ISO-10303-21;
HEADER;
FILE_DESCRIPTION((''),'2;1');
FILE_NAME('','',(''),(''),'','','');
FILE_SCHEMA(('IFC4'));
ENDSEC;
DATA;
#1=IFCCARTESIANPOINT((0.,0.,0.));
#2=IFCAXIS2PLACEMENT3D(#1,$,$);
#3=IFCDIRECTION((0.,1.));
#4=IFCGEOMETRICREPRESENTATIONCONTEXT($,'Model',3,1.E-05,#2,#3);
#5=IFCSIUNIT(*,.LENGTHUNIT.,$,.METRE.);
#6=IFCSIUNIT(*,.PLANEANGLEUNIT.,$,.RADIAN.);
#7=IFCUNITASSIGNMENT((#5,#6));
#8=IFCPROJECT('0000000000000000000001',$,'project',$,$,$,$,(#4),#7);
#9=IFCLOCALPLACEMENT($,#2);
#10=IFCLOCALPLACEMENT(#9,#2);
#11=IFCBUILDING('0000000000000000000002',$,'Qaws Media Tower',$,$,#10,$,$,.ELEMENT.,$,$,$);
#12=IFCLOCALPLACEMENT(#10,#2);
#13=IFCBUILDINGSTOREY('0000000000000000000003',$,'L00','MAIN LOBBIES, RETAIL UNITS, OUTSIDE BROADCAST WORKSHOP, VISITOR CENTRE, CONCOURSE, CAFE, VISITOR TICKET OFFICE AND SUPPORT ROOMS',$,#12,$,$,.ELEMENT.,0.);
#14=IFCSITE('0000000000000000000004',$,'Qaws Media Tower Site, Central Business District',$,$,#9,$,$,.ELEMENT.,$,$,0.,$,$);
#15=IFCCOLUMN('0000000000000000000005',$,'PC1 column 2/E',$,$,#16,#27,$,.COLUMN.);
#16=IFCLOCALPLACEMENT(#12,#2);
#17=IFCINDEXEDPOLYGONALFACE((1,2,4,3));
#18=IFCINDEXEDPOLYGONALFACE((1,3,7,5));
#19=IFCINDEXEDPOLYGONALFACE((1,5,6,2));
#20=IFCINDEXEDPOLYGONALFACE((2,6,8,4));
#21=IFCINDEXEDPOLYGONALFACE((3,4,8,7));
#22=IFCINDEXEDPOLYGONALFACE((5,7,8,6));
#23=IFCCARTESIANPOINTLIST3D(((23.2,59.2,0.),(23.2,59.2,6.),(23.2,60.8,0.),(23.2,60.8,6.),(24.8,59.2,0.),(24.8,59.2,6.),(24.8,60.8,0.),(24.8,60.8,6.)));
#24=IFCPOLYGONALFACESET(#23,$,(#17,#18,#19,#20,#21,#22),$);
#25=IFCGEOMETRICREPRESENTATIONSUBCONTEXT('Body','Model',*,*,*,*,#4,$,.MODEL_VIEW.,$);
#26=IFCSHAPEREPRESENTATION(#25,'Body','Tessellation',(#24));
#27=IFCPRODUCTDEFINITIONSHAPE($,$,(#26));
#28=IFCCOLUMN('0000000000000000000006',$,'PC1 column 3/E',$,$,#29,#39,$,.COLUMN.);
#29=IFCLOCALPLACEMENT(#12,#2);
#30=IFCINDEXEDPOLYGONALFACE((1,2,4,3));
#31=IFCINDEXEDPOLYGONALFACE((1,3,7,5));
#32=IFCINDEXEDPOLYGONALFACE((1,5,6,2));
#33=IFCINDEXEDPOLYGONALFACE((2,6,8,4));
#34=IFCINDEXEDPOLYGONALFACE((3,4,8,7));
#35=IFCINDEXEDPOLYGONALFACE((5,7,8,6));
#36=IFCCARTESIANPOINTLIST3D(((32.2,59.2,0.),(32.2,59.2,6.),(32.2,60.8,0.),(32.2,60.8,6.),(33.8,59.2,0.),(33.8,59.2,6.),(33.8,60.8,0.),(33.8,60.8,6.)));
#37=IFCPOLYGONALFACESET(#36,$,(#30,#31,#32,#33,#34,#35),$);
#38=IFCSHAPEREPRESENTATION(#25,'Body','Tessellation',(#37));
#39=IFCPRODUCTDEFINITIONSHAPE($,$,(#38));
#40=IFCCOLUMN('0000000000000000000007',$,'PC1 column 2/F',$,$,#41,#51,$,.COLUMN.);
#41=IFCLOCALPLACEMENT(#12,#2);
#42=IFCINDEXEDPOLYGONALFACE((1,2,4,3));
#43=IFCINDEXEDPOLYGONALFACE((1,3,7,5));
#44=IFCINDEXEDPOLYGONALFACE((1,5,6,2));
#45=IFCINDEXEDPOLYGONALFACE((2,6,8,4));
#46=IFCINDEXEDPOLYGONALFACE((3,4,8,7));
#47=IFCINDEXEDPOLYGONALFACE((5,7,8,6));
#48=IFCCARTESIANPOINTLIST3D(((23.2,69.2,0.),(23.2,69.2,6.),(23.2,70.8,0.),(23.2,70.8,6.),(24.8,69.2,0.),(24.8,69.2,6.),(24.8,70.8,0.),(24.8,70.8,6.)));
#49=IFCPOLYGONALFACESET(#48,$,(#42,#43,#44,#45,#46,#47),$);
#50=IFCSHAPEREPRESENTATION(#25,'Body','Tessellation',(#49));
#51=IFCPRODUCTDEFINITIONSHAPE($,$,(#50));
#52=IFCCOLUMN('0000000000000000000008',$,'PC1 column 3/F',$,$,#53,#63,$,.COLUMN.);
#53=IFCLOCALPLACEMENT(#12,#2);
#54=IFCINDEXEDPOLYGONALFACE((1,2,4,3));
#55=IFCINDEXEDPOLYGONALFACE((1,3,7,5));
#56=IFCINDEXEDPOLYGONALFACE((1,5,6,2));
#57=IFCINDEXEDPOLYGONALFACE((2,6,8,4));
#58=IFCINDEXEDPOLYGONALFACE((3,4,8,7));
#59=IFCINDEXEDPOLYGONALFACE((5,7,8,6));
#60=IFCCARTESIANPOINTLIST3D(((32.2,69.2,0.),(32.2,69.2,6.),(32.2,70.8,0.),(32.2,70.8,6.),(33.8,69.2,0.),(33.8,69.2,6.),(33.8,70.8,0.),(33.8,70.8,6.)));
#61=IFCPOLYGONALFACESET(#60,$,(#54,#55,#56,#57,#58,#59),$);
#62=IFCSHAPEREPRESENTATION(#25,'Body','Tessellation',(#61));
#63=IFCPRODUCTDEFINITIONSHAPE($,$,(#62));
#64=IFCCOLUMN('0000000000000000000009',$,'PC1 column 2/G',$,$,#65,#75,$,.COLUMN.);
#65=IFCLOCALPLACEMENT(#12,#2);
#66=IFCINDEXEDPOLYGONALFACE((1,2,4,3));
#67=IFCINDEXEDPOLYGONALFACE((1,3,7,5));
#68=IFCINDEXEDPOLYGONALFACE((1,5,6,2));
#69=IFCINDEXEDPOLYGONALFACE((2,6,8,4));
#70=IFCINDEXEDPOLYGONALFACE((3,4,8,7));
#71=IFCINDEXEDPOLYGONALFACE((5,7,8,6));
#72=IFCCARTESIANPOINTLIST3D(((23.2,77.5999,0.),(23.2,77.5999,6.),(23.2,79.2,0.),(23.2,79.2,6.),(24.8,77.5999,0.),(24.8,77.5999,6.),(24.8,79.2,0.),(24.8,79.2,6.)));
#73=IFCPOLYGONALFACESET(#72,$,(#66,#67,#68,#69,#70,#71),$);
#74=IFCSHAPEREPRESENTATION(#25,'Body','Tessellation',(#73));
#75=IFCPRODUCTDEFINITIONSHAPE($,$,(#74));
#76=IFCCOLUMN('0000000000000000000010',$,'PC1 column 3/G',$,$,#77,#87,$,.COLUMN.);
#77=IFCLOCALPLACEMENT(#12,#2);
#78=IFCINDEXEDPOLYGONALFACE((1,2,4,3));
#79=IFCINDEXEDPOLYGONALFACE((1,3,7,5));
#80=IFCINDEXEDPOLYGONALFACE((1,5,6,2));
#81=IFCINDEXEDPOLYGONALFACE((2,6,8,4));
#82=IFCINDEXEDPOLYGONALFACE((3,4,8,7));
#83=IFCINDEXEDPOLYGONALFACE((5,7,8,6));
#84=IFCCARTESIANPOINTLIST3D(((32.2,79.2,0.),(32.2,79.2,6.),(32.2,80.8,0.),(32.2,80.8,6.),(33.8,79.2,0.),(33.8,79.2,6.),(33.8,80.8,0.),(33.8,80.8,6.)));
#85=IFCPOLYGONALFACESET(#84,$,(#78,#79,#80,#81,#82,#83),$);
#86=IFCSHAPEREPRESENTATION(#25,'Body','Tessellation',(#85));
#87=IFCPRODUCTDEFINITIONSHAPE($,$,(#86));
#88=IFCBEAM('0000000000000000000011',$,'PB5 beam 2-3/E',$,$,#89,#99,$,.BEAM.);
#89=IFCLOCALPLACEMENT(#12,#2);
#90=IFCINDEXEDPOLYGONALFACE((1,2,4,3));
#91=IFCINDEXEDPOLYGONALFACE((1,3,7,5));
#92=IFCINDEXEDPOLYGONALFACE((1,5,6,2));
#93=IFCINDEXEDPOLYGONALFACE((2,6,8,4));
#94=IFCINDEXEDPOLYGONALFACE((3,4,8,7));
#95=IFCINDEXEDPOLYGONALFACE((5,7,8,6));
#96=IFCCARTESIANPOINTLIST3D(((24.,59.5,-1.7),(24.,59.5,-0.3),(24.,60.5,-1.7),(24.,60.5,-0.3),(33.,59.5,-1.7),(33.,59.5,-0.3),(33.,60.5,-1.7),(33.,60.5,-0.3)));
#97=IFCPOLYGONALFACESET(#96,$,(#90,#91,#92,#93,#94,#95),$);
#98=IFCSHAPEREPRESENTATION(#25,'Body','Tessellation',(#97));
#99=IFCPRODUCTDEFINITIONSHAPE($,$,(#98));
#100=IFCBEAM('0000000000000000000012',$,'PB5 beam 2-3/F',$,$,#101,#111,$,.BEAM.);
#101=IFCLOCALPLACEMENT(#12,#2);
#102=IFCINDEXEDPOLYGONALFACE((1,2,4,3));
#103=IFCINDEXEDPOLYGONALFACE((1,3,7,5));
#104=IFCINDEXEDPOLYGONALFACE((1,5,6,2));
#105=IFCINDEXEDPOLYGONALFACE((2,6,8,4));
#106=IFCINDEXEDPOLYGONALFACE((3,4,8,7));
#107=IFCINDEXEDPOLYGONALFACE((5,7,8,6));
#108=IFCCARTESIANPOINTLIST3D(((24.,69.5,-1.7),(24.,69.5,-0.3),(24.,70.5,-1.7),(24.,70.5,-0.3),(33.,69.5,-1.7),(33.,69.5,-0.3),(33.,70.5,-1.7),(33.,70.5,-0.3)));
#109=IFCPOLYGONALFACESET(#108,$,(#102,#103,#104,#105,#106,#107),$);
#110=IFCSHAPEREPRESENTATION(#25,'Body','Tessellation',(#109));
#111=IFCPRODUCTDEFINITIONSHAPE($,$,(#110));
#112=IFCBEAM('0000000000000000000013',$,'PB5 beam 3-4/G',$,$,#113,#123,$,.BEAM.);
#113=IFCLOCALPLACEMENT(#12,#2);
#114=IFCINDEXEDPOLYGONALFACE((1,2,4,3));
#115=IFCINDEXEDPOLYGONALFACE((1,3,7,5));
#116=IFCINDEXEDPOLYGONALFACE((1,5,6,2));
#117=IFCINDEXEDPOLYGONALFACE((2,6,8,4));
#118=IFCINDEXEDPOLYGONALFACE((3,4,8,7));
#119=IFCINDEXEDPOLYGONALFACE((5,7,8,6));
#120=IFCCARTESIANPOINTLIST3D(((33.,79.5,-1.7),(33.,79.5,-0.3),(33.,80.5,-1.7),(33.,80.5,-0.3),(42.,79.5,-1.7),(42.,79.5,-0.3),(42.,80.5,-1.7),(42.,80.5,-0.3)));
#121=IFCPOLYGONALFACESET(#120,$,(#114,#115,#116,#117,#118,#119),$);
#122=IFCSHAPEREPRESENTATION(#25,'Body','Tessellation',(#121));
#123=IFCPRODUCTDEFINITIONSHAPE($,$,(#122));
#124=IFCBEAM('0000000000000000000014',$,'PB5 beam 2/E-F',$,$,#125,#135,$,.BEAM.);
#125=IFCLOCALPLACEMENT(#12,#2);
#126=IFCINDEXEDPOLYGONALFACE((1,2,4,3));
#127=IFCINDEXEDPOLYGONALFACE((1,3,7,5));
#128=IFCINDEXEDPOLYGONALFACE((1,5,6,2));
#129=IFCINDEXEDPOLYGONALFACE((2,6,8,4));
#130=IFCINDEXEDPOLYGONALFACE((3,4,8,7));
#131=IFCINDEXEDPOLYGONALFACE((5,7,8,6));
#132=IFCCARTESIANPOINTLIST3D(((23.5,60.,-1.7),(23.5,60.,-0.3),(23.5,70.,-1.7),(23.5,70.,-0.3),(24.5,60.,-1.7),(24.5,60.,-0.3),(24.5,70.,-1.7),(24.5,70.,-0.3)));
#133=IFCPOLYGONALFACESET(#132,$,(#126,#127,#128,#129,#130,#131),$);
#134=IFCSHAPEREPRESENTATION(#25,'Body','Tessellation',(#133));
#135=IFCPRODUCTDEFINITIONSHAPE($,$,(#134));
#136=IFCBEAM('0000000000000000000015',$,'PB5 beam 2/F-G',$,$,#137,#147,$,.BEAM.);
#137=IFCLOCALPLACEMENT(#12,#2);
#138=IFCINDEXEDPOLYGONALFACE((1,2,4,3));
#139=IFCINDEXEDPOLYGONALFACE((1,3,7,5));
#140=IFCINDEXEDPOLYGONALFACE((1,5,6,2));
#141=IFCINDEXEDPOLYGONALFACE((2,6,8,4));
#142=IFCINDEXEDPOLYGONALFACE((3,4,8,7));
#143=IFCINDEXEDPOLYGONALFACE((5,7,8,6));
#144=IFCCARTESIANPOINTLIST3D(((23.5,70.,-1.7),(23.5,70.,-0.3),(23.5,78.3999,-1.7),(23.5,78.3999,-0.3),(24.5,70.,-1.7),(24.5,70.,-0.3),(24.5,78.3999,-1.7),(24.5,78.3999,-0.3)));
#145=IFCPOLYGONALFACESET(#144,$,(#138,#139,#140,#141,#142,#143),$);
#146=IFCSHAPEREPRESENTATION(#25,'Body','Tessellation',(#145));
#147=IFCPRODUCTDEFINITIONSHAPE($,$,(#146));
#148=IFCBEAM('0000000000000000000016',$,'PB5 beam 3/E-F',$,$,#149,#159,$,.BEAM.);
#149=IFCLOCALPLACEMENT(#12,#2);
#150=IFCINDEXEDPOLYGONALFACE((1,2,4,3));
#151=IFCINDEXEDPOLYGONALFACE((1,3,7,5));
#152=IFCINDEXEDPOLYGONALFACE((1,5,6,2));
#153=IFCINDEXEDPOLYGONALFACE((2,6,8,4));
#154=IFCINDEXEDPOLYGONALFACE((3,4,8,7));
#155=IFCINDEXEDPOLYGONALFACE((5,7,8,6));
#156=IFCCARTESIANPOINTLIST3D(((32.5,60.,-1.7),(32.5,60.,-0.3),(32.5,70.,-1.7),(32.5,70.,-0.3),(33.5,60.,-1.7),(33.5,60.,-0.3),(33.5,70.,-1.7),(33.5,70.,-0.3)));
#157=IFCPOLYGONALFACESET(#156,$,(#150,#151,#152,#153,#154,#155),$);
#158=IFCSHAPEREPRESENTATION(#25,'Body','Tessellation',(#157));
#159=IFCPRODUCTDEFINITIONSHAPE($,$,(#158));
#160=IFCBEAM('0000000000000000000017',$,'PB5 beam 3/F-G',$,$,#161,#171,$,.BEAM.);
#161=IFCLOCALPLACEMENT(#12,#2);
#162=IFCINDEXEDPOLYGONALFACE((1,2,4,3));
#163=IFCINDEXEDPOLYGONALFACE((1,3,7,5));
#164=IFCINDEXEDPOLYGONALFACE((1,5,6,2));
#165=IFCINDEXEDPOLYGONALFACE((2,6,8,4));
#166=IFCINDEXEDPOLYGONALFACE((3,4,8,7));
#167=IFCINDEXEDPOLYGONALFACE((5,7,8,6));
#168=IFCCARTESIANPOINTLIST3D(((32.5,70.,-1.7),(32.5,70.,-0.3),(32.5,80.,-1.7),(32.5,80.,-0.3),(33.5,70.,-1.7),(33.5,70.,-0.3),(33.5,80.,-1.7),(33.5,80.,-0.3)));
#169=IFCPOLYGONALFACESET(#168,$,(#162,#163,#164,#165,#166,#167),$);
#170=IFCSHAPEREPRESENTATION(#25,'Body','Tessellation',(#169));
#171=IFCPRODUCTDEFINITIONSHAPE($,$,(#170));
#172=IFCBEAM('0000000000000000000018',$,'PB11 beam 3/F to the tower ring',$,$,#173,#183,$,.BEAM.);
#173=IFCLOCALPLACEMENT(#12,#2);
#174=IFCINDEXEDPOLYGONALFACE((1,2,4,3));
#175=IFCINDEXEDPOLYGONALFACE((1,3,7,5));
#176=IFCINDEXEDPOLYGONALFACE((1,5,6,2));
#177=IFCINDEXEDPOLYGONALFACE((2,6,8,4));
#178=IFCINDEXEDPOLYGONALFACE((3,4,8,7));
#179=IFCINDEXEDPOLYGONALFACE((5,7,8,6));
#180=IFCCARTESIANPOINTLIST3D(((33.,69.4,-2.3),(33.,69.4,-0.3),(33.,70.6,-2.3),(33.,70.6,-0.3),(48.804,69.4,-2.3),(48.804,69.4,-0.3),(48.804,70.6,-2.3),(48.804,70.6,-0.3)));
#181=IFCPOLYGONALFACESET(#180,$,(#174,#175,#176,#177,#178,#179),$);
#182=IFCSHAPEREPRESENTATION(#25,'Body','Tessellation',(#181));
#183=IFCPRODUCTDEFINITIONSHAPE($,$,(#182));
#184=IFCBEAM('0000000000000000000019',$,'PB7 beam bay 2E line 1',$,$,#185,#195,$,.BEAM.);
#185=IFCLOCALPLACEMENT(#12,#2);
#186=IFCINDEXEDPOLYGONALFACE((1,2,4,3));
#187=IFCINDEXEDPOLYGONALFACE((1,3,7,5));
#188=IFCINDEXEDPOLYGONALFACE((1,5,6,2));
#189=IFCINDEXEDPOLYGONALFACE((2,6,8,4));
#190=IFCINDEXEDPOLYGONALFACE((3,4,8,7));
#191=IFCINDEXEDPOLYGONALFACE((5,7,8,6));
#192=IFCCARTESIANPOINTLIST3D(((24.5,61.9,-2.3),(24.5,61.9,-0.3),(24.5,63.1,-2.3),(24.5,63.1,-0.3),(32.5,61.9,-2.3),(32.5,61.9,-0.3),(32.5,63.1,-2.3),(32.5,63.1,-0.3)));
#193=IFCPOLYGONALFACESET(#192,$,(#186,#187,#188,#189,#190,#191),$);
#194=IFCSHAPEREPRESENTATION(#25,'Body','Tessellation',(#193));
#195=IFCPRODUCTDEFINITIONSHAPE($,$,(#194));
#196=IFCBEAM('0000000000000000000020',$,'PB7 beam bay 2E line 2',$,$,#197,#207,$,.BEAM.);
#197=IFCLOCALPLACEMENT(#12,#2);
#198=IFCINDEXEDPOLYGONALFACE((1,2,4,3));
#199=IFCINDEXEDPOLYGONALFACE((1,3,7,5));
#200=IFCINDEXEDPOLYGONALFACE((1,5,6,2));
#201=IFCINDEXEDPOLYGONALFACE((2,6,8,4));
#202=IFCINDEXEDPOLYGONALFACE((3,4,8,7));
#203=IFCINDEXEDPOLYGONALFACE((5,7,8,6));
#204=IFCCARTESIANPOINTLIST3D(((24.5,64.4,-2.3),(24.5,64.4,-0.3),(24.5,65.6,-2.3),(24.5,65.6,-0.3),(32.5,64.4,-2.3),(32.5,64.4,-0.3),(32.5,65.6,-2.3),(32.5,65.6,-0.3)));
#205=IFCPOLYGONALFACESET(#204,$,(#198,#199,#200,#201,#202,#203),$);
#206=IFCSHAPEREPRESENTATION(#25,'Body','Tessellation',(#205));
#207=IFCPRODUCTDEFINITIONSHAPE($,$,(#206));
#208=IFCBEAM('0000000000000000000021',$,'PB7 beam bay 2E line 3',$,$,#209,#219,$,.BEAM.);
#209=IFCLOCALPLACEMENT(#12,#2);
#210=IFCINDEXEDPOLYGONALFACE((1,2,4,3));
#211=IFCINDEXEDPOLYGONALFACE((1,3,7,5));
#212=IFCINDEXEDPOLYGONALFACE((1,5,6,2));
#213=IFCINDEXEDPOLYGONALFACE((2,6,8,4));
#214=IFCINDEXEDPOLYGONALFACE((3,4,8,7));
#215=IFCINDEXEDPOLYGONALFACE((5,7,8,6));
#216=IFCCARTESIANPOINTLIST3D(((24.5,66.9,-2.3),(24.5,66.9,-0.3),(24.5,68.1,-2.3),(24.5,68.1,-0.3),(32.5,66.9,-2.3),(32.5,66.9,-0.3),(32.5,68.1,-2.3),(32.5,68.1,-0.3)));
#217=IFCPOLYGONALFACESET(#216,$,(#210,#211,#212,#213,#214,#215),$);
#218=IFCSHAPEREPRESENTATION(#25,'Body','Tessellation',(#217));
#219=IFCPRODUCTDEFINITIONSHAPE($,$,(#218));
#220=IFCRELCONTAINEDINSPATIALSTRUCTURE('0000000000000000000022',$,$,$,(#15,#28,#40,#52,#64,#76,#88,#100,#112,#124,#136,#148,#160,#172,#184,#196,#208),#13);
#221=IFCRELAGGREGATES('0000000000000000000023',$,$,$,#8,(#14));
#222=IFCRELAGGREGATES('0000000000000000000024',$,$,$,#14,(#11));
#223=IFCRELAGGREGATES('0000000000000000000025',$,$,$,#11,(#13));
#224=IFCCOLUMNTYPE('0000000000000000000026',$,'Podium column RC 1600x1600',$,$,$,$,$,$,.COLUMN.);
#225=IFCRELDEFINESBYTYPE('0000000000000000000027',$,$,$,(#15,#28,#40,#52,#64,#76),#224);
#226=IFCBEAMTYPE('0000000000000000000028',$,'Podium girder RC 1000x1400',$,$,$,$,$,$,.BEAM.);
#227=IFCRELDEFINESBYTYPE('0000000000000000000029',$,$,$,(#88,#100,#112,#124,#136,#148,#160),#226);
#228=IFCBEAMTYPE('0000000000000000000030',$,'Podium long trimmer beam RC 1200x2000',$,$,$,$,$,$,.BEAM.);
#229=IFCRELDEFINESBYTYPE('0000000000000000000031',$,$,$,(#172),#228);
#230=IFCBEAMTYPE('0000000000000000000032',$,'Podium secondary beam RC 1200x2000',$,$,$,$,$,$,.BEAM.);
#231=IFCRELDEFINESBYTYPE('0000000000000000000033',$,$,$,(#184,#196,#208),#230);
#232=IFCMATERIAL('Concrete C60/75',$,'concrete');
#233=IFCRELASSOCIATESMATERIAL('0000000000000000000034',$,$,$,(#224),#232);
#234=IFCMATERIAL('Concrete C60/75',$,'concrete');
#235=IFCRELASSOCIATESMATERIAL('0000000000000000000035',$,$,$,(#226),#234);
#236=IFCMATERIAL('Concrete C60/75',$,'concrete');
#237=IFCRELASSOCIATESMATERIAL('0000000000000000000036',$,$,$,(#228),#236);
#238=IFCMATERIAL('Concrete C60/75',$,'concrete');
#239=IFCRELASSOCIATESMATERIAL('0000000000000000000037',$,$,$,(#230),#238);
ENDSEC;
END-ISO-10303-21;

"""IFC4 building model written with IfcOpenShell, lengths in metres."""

from ifc_helpers import new_model, si_unit, direction, frame, origin, origin_2d, place, context, subcontext, project, spatial, rectangle, extrude, material, material_profile, profile_set, type_object, element, save


model = new_model("IFC4")

# Units and contexts
model_context = context("Model", 3, precision=1e-05, world=origin(), true_north=direction((0.0, 1.0)))
body_context = subcontext(model_context, "Body", "Model", "MODEL_VIEW")
ifc_project = project(units=[si_unit("LENGTHUNIT", "METRE"), si_unit("PLANEANGLEUNIT", "RADIAN")], contexts=[model_context])

# Site, building, storey
site_placement = place(None, origin())
site = spatial("IfcSite", under=ifc_project, at=site_placement, Name="Qaws Media Tower Site, Central Business District", CompositionType="ELEMENT", RefElevation=0.0)
building_placement = place(site_placement, origin())
building = spatial("IfcBuilding", under=site, at=building_placement, Name="Qaws Media Tower", CompositionType="ELEMENT")
storey_placement = place(building_placement, origin())
storey = spatial("IfcBuildingStorey", under=building, at=storey_placement, Name="L00", Description="MAIN LOBBIES, RETAIL UNITS, OUTSIDE BROADCAST WORKSHOP, VISITOR CENTRE, CONCOURSE, CAFE, VISITOR TICKET OFFICE AND SUPPORT ROOMS", CompositionType="ELEMENT", Elevation=0.0)

# Columns
ifc_material_1 = material(Name="Concrete C60/75", Category="concrete")
ifc_material_profile_1 = material_profile(ifc_material_1, rectangle(XDim=1.6001, YDim=1.6001, at=origin_2d()), Name="RC 1600x1600")
ifc_profile_set_1 = profile_set([ifc_material_profile_1], Name="Concrete C60/75")
column_type = type_object("IfcColumnType", Name="Podium column RC 1600x1600", PredefinedType="COLUMN", material=ifc_profile_set_1)
for number, where, z_axis, x_axis, name in (
    (1, (24.0, 60.0, 0.0), (0.0, 0.0, 1.0), (1.0, 0.0, 0.0), "PC1 column 2/E"),
    (2, (33.0, 60.0, 0.0), (0.0, 0.0, 1.0), (1.0, 0.0, 0.0), "PC1 column 3/E"),
    (3, (24.0, 70.0, 0.0), (0.0, 0.0, 1.0), (1.0, 0.0, 0.0), "PC1 column 2/F"),
    (4, (33.0, 70.0, 0.0), (0.0, 0.0, 1.0), (1.0, 0.0, 0.0), "PC1 column 3/F"),
    (5, (24.0, 78.3999, 0.0), (0.0, 0.0, 1.0), (1.0, 0.0, 0.0), "PC1 column 2/G"),
    (6, (33.0, 80.0, 0.0), (0.0, 0.0, 1.0), (1.0, 0.0, 0.0), "PC1 column 3/G"),
):
    element("IfcColumn", number, at=place(storey_placement, frame(where, z_axis=z_axis, x_axis=x_axis)), inside=storey, type_object=column_type, Name=name, PredefinedType="COLUMN", context=body_context, shape_type="SweptSolid", body=[
        extrude(rectangle(XDim=1.6001, YDim=1.6001, at=origin_2d()), origin(), (0.0, 0.0, 1.0), 6.0),
    ])

# Beams
ifc_material_2 = material(Name="Concrete C60/75", Category="concrete")
ifc_material_profile_2 = material_profile(ifc_material_2, rectangle(XDim=1.0, YDim=1.3999, at=origin_2d()), Name="RC 1000x1400")
ifc_profile_set_2 = profile_set([ifc_material_profile_2], Name="Concrete C60/75")
beam_type_1 = type_object("IfcBeamType", Name="Podium girder RC 1000x1400", PredefinedType="BEAM", material=ifc_profile_set_2)
for number, where, z_axis, x_axis, name in (
    (7, (24.0, 60.0, -1.0), (1.0, 0.0, 0.0), (0.0, 1.0, 0.0), "PB5 beam 2-3/E"),
    (8, (24.0, 70.0, -1.0), (1.0, 0.0, 0.0), (0.0, 1.0, 0.0), "PB5 beam 2-3/F"),
    (9, (33.0, 80.0, -1.0), (1.0, 0.0, 0.0), (0.0, 1.0, 0.0), "PB5 beam 3-4/G"),
):
    element("IfcBeam", number, at=place(storey_placement, frame(where, z_axis=z_axis, x_axis=x_axis)), inside=storey, type_object=beam_type_1, Name=name, PredefinedType="BEAM", context=body_context, shape_type="SweptSolid", body=[
        extrude(rectangle(XDim=1.0, YDim=1.3999, at=origin_2d()), origin(), (0.0, 0.0, 1.0), 9.0),
    ])
beam_1_placement = place(storey_placement, frame((24.0, 60.0, -1.0), z_axis=(0.0, 1.0, 0.0), x_axis=(-1.0, 0.0, 0.0)))
element("IfcBeam", 10, at=beam_1_placement, inside=storey, type_object=beam_type_1, Name="PB5 beam 2/E-F", PredefinedType="BEAM", context=body_context, shape_type="SweptSolid", body=[
    extrude(rectangle(XDim=1.0, YDim=1.3999, at=origin_2d()), origin(), (0.0, 0.0, 1.0), 10.0),
])
beam_2_placement = place(storey_placement, frame((24.0, 70.0, -1.0), z_axis=(0.0, 1.0, 0.0), x_axis=(-1.0, 0.0, 0.0)))
element("IfcBeam", 11, at=beam_2_placement, inside=storey, type_object=beam_type_1, Name="PB5 beam 2/F-G", PredefinedType="BEAM", context=body_context, shape_type="SweptSolid", body=[
    extrude(rectangle(XDim=1.0, YDim=1.3999, at=origin_2d()), origin(), (0.0, 0.0, 1.0), 8.3999),
])
for number, where, z_axis, x_axis, name in (
    (12, (33.0, 60.0, -1.0), (0.0, 1.0, 0.0), (-1.0, 0.0, 0.0), "PB5 beam 3/E-F"),
    (13, (33.0, 70.0, -1.0), (0.0, 1.0, 0.0), (-1.0, 0.0, 0.0), "PB5 beam 3/F-G"),
):
    element("IfcBeam", number, at=place(storey_placement, frame(where, z_axis=z_axis, x_axis=x_axis)), inside=storey, type_object=beam_type_1, Name=name, PredefinedType="BEAM", context=body_context, shape_type="SweptSolid", body=[
        extrude(rectangle(XDim=1.0, YDim=1.3999, at=origin_2d()), origin(), (0.0, 0.0, 1.0), 10.0),
    ])
ifc_material_3 = material(Name="Concrete C60/75", Category="concrete")
ifc_material_profile_3 = material_profile(ifc_material_3, rectangle(XDim=1.2, YDim=2.0, at=origin_2d()), Name="RC 1200x2000")
ifc_profile_set_3 = profile_set([ifc_material_profile_3], Name="Concrete C60/75")
beam_type_2 = type_object("IfcBeamType", Name="Podium long trimmer beam RC 1200x2000", PredefinedType="BEAM", material=ifc_profile_set_3)
beam_3_placement = place(storey_placement, frame((33.0, 70.0, -1.3), z_axis=(1.0, 0.0, 0.0), x_axis=(0.0, 1.0, 0.0)))
element("IfcBeam", 14, at=beam_3_placement, inside=storey, type_object=beam_type_2, Name="PB11 beam 3/F to the tower ring", PredefinedType="BEAM", context=body_context, shape_type="SweptSolid", body=[
    extrude(rectangle(XDim=1.2, YDim=2.0, at=origin_2d()), origin(), (0.0, 0.0, 1.0), 15.804),
])
ifc_material_4 = material(Name="Concrete C60/75", Category="concrete")
ifc_material_profile_4 = material_profile(ifc_material_4, rectangle(XDim=1.2, YDim=2.0, at=origin_2d()), Name="RC 1200x2000")
ifc_profile_set_4 = profile_set([ifc_material_profile_4], Name="Concrete C60/75")
beam_type_3 = type_object("IfcBeamType", Name="Podium secondary beam RC 1200x2000", PredefinedType="BEAM", material=ifc_profile_set_4)
for number, where, z_axis, x_axis, name in (
    (15, (24.5, 62.5, -1.3), (1.0, 0.0, 0.0), (0.0, 1.0, 0.0), "PB7 beam bay 2E line 1"),
    (16, (24.5, 65.0, -1.3), (1.0, 0.0, 0.0), (0.0, 1.0, 0.0), "PB7 beam bay 2E line 2"),
    (17, (24.5, 67.5, -1.3), (1.0, 0.0, 0.0), (0.0, 1.0, 0.0), "PB7 beam bay 2E line 3"),
):
    element("IfcBeam", number, at=place(storey_placement, frame(where, z_axis=z_axis, x_axis=x_axis)), inside=storey, type_object=beam_type_3, Name=name, PredefinedType="BEAM", context=body_context, shape_type="SweptSolid", body=[
        extrude(rectangle(XDim=1.2, YDim=2.0, at=origin_2d()), origin(), (0.0, 0.0, 1.0), 8.0),
    ])

save(model, "model.ifc")
